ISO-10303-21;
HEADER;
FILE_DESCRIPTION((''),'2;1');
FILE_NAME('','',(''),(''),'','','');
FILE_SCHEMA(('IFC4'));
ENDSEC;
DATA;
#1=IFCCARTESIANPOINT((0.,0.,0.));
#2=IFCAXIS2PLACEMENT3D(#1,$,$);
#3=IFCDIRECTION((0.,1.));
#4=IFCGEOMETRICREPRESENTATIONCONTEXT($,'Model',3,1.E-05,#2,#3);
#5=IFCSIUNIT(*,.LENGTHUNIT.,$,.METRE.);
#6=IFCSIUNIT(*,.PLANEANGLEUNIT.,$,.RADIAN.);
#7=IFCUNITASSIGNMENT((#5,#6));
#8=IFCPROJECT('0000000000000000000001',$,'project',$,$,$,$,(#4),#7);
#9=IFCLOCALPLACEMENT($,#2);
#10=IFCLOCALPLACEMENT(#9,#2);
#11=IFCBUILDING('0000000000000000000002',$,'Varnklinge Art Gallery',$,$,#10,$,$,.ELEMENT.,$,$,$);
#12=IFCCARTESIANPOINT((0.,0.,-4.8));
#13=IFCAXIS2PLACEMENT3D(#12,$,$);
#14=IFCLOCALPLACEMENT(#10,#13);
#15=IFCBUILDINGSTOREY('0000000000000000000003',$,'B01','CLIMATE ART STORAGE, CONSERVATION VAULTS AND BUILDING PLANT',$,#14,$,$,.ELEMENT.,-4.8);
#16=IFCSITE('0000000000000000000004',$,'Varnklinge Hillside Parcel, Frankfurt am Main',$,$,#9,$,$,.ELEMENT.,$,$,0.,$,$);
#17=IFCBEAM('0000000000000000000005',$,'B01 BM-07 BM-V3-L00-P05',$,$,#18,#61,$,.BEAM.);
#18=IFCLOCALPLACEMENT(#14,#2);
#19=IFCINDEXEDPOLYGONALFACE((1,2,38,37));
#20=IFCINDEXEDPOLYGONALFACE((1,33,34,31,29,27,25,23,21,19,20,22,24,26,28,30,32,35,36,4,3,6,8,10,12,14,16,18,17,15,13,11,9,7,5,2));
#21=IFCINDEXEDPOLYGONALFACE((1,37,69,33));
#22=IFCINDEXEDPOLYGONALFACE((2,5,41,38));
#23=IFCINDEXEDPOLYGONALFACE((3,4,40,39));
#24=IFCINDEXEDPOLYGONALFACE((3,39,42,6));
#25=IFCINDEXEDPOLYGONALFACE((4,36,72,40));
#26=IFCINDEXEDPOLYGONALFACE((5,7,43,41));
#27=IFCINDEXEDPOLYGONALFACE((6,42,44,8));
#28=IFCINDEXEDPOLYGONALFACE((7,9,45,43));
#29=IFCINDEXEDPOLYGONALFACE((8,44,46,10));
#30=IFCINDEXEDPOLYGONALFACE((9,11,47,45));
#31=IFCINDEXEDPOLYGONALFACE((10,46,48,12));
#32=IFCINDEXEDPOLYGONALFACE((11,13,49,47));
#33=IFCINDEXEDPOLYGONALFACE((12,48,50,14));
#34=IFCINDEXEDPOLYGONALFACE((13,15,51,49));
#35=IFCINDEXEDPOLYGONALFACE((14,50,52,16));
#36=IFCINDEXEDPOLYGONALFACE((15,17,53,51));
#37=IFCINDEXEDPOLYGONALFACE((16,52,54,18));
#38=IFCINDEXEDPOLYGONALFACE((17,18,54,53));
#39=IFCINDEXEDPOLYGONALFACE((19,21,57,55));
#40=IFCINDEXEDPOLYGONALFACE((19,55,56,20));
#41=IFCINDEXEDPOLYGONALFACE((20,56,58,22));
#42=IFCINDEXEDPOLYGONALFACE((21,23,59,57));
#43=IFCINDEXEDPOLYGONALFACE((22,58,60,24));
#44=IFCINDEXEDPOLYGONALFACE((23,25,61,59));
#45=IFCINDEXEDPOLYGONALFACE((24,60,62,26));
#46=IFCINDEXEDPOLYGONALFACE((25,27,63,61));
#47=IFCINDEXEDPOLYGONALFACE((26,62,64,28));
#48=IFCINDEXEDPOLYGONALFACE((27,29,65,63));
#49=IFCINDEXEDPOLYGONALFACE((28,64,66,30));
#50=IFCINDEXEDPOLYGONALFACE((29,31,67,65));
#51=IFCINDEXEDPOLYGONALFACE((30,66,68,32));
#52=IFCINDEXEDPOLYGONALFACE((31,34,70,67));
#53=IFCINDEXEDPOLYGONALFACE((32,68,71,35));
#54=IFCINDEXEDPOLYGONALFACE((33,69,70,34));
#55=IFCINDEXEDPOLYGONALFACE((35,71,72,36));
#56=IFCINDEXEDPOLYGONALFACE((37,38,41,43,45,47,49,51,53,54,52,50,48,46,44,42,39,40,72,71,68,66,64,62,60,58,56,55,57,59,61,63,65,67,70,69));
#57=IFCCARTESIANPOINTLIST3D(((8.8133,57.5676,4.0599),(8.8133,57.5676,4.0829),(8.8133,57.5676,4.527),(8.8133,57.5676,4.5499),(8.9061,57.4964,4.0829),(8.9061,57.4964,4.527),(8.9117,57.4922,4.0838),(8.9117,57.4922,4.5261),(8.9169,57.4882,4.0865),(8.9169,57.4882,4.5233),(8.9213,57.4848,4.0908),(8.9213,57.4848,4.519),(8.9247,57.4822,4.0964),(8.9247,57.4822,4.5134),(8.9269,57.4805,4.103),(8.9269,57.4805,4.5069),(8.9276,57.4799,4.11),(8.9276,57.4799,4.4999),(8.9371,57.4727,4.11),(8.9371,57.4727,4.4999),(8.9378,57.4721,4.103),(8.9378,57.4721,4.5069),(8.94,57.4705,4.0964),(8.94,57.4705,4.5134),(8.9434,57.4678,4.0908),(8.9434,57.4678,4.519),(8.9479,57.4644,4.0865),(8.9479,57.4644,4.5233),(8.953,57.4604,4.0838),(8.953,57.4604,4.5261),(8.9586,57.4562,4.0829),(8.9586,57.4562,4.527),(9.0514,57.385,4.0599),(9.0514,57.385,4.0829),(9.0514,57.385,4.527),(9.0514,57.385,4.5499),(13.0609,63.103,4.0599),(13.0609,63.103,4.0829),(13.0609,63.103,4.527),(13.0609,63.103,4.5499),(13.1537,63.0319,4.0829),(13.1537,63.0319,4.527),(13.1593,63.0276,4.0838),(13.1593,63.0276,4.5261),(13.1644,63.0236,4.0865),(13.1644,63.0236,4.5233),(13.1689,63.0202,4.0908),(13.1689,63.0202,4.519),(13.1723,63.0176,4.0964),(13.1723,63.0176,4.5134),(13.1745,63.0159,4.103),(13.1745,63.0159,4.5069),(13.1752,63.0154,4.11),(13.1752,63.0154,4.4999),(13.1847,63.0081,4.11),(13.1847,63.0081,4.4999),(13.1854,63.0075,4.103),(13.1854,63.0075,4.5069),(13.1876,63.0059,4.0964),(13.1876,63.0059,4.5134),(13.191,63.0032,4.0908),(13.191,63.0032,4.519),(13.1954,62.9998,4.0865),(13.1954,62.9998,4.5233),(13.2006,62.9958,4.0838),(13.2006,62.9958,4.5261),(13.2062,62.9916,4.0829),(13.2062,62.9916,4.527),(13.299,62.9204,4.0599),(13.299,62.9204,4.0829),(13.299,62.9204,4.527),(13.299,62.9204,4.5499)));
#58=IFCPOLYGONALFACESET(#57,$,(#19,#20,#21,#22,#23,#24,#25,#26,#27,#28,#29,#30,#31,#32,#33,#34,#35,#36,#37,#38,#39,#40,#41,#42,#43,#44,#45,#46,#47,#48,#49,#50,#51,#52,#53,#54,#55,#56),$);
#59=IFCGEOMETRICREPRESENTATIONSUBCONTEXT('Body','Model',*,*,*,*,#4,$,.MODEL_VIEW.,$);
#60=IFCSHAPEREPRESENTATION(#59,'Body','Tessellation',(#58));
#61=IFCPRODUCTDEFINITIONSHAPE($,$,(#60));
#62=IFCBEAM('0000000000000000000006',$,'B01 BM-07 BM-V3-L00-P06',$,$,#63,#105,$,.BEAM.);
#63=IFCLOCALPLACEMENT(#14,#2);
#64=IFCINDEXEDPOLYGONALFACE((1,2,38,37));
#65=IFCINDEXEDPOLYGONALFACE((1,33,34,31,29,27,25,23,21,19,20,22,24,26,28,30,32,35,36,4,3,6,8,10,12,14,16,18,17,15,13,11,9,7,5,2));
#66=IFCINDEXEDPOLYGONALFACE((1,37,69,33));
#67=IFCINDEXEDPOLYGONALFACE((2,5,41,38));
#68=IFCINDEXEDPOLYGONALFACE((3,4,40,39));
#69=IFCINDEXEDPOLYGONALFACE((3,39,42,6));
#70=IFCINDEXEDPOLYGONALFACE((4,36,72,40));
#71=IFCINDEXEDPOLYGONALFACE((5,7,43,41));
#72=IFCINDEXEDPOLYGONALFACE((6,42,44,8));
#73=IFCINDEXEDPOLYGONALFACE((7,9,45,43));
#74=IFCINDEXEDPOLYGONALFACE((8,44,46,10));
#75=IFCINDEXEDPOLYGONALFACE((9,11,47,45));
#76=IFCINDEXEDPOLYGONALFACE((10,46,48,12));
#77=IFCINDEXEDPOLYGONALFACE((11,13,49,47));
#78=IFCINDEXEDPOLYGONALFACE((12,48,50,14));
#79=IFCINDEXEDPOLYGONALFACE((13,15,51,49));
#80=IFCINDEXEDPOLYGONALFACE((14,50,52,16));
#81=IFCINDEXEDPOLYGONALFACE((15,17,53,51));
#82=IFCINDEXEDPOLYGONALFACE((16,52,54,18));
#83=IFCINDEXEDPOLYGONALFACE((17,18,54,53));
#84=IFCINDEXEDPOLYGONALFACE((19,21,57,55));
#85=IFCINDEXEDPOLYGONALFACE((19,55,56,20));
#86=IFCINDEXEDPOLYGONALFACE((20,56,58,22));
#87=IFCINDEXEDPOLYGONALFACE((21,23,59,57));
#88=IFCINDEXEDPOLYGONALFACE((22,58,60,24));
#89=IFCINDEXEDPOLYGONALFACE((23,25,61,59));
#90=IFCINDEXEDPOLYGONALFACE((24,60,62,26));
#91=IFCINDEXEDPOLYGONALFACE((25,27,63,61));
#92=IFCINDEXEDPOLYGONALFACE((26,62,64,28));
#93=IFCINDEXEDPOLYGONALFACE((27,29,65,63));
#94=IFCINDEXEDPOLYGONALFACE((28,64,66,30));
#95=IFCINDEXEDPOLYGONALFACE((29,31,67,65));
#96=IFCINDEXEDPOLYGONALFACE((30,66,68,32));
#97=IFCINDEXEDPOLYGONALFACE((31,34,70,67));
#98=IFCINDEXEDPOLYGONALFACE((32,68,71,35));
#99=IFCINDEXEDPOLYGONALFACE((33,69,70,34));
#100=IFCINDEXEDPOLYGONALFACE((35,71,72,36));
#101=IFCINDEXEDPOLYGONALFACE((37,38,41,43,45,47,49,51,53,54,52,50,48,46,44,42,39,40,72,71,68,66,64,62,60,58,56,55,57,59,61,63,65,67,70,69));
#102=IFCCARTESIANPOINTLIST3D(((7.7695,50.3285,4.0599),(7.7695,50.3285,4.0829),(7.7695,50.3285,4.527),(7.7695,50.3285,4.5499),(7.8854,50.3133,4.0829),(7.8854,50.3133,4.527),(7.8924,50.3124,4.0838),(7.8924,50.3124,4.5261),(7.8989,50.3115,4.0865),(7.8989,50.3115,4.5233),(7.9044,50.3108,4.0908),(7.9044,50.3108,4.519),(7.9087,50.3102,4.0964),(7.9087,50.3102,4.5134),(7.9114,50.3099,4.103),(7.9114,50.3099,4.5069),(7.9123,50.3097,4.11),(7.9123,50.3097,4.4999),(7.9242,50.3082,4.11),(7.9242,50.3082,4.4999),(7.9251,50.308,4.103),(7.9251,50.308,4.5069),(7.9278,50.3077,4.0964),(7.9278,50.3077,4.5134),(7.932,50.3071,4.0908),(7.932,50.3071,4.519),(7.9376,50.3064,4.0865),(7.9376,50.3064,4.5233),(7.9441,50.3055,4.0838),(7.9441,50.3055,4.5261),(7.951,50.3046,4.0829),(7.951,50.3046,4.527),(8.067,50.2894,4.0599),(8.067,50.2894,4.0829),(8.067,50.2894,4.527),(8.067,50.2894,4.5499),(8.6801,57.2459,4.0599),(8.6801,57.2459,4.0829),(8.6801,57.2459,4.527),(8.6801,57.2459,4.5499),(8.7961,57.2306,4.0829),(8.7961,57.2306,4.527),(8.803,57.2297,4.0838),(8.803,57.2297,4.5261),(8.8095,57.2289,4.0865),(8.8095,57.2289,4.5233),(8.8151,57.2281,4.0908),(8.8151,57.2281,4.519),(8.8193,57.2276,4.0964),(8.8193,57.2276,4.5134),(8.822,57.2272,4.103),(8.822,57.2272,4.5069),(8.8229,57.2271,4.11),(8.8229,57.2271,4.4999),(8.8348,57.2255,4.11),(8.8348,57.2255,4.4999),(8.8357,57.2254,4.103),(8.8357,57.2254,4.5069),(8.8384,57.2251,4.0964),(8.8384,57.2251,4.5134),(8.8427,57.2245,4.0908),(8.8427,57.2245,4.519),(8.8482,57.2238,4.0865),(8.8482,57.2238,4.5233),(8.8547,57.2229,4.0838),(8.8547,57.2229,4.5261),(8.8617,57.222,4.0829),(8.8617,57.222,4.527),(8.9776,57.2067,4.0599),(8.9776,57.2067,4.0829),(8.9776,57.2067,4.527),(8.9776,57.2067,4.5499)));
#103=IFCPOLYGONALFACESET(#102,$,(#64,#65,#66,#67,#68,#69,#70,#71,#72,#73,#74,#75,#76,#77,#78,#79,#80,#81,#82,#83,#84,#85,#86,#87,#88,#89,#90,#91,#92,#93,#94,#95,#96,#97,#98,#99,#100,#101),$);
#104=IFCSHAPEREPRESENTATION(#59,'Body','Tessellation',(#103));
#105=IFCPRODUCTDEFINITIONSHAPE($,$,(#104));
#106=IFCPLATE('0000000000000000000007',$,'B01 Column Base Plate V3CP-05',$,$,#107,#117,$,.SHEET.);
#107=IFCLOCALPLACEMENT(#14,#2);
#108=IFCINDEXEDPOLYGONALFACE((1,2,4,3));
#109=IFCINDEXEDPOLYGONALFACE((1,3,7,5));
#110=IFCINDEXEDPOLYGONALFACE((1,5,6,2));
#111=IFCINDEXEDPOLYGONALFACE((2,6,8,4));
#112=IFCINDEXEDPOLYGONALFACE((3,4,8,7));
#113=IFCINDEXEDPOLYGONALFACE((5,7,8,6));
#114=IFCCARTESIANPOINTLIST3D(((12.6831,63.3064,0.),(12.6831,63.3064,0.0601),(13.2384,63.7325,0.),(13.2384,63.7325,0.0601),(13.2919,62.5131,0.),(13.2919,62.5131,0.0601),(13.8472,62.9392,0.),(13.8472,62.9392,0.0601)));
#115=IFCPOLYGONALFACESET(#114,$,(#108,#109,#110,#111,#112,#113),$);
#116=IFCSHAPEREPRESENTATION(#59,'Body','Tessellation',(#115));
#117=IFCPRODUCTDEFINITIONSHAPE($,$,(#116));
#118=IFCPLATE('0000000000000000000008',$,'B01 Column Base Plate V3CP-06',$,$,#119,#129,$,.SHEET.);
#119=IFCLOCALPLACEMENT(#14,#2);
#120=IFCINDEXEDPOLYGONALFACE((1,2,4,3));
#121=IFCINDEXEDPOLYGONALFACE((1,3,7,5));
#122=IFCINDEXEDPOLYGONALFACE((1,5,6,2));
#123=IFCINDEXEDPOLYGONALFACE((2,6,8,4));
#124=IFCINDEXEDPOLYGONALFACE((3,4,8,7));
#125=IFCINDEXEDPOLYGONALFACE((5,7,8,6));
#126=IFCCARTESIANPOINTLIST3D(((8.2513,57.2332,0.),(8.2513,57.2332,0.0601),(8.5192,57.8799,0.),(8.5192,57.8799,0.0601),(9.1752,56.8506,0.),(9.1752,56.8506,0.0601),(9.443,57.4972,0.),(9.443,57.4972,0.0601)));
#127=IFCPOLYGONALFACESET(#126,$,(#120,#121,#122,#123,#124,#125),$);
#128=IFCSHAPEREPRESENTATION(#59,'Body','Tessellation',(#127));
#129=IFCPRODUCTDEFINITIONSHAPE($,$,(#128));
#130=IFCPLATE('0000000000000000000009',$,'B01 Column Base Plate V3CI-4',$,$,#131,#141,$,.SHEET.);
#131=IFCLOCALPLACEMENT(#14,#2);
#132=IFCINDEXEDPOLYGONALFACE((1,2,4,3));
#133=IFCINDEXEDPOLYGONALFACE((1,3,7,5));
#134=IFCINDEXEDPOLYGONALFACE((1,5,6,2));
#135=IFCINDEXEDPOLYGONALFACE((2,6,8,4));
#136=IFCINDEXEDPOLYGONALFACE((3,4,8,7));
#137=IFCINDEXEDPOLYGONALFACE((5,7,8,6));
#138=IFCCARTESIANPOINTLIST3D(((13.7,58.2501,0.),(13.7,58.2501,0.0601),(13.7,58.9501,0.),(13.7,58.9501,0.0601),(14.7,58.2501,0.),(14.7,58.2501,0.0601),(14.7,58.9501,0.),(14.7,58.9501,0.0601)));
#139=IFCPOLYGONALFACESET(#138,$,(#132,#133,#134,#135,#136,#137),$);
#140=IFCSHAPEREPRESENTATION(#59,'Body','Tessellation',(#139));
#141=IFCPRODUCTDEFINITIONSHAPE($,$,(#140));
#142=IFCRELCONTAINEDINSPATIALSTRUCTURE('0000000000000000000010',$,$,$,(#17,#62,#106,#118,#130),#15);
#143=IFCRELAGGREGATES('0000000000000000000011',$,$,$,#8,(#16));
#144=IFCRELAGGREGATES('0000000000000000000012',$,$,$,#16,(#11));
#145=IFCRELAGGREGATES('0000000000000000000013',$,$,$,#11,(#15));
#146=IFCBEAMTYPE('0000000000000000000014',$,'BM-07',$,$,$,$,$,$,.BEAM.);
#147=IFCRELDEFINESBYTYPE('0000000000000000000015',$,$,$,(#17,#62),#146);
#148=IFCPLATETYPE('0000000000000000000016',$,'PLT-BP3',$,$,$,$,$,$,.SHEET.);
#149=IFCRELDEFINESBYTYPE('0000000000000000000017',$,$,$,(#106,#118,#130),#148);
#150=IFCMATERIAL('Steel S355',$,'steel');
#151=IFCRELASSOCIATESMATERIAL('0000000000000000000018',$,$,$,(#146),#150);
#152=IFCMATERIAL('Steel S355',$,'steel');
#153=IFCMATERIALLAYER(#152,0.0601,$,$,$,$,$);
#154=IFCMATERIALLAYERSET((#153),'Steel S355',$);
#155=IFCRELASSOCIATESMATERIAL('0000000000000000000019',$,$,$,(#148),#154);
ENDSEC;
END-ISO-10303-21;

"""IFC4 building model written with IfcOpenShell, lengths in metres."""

from ifc_helpers import new_model, si_unit, direction, frame, origin, origin_2d, place, context, subcontext, project, spatial, rectangle, i_section, extrude, material, layer, layer_set, material_profile, profile_set, type_object, element, save


model = new_model("IFC4")

# Units and contexts
model_context = context("Model", 3, precision=1e-05, world=origin(), true_north=direction((0.0, 1.0)))
body_context = subcontext(model_context, "Body", "Model", "MODEL_VIEW")
ifc_project = project(units=[si_unit("LENGTHUNIT", "METRE"), si_unit("PLANEANGLEUNIT", "RADIAN")], contexts=[model_context])

# Site, building, storey
site_placement = place(None, origin())
site = spatial("IfcSite", under=ifc_project, at=site_placement, Name="Varnklinge Hillside Parcel, Frankfurt am Main", CompositionType="ELEMENT", RefElevation=0.0)
building_placement = place(site_placement, origin())
building = spatial("IfcBuilding", under=site, at=building_placement, Name="Varnklinge Art Gallery", CompositionType="ELEMENT")
storey_placement = place(building_placement, frame((0.0, 0.0, -4.8)))
storey = spatial("IfcBuildingStorey", under=building, at=storey_placement, Name="B01", Description="CLIMATE ART STORAGE, CONSERVATION VAULTS AND BUILDING PLANT", CompositionType="ELEMENT", Elevation=-4.8)

# Beams
ifc_material_1 = material(Name="Steel S355", Category="steel")
ifc_material_profile_1 = material_profile(ifc_material_1, i_section(OverallWidth=0.3, OverallDepth=0.49, WebThickness=0.012, FlangeThickness=0.0229, FilletRadius=0.0271, at=origin_2d()), Name="HEA 500")
ifc_profile_set_1 = profile_set([ifc_material_profile_1], Name="Steel S355")
beam_type_1 = type_object("IfcBeamType", Name="BM-07", PredefinedType="BEAM", material=ifc_profile_set_1)
beam_1_placement = place(storey_placement, frame((13.1799, 63.0117, 4.3049), z_axis=(-0.60877, -0.793347, 0.0), x_axis=(0.793347, -0.60877, 0.0)))
element("IfcBeam", 1, at=beam_1_placement, inside=storey, type_object=beam_type_1, Name="B01 BM-07 BM-V3-L00-P05", PredefinedType="BEAM", context=body_context, shape_type="SweptSolid", body=[
    extrude(i_section(OverallWidth=0.3, OverallDepth=0.49, WebThickness=0.012, FlangeThickness=0.0229, FilletRadius=0.0271, at=origin_2d()), origin(), (0.0, 0.0, 1.0), 6.9773),
])
beam_2_placement = place(storey_placement, frame((8.8289, 57.2263, 4.3049), z_axis=(-0.130518, -0.991446, 0.0), x_axis=(0.991446, -0.130518, 0.0)))
element("IfcBeam", 2, at=beam_2_placement, inside=storey, type_object=beam_type_1, Name="B01 BM-07 BM-V3-L00-P06", PredefinedType="BEAM", context=body_context, shape_type="SweptSolid", body=[
    extrude(i_section(OverallWidth=0.3, OverallDepth=0.49, WebThickness=0.012, FlangeThickness=0.0229, FilletRadius=0.0271, at=origin_2d()), origin(), (0.0, 0.0, 1.0), 6.9771),
])

# Plates
ifc_material_2 = material(Name="Steel S355", Category="steel")
ifc_layer = layer(ifc_material_2, 0.0601)
ifc_layer_set = layer_set([ifc_layer], Name="Steel S355")
plate_type = type_object("IfcPlateType", Name="PLT-BP3", PredefinedType="SHEET", material=ifc_layer_set)
for number, where, z_axis, x_axis, name in (
    (3, (13.2651, 63.1228, 0.0), (0.0, 0.0, 1.0), (-0.608761, 0.793353, 0.0), "B01 Column Base Plate V3CP-05"),
    (4, (8.8472, 57.3652, 0.0), (0.0, 0.0, 1.0), (-0.92388, 0.382683, 0.0), "B01 Column Base Plate V3CP-06"),
    (5, (14.2, 58.6001, 0.0), (0.0, 0.0, 1.0), (1.0, 0.0, 0.0), "B01 Column Base Plate V3CI-4"),
):
    element("IfcPlate", number, at=place(storey_placement, frame(where, z_axis=z_axis, x_axis=x_axis)), inside=storey, type_object=plate_type, Name=name, PredefinedType="SHEET", context=body_context, shape_type="SweptSolid", body=[
        extrude(rectangle(XDim=1.0, YDim=0.7, at=origin_2d()), origin(), (0.0, 0.0, 1.0), 0.0601),
    ])

save(model, "model.ifc")
